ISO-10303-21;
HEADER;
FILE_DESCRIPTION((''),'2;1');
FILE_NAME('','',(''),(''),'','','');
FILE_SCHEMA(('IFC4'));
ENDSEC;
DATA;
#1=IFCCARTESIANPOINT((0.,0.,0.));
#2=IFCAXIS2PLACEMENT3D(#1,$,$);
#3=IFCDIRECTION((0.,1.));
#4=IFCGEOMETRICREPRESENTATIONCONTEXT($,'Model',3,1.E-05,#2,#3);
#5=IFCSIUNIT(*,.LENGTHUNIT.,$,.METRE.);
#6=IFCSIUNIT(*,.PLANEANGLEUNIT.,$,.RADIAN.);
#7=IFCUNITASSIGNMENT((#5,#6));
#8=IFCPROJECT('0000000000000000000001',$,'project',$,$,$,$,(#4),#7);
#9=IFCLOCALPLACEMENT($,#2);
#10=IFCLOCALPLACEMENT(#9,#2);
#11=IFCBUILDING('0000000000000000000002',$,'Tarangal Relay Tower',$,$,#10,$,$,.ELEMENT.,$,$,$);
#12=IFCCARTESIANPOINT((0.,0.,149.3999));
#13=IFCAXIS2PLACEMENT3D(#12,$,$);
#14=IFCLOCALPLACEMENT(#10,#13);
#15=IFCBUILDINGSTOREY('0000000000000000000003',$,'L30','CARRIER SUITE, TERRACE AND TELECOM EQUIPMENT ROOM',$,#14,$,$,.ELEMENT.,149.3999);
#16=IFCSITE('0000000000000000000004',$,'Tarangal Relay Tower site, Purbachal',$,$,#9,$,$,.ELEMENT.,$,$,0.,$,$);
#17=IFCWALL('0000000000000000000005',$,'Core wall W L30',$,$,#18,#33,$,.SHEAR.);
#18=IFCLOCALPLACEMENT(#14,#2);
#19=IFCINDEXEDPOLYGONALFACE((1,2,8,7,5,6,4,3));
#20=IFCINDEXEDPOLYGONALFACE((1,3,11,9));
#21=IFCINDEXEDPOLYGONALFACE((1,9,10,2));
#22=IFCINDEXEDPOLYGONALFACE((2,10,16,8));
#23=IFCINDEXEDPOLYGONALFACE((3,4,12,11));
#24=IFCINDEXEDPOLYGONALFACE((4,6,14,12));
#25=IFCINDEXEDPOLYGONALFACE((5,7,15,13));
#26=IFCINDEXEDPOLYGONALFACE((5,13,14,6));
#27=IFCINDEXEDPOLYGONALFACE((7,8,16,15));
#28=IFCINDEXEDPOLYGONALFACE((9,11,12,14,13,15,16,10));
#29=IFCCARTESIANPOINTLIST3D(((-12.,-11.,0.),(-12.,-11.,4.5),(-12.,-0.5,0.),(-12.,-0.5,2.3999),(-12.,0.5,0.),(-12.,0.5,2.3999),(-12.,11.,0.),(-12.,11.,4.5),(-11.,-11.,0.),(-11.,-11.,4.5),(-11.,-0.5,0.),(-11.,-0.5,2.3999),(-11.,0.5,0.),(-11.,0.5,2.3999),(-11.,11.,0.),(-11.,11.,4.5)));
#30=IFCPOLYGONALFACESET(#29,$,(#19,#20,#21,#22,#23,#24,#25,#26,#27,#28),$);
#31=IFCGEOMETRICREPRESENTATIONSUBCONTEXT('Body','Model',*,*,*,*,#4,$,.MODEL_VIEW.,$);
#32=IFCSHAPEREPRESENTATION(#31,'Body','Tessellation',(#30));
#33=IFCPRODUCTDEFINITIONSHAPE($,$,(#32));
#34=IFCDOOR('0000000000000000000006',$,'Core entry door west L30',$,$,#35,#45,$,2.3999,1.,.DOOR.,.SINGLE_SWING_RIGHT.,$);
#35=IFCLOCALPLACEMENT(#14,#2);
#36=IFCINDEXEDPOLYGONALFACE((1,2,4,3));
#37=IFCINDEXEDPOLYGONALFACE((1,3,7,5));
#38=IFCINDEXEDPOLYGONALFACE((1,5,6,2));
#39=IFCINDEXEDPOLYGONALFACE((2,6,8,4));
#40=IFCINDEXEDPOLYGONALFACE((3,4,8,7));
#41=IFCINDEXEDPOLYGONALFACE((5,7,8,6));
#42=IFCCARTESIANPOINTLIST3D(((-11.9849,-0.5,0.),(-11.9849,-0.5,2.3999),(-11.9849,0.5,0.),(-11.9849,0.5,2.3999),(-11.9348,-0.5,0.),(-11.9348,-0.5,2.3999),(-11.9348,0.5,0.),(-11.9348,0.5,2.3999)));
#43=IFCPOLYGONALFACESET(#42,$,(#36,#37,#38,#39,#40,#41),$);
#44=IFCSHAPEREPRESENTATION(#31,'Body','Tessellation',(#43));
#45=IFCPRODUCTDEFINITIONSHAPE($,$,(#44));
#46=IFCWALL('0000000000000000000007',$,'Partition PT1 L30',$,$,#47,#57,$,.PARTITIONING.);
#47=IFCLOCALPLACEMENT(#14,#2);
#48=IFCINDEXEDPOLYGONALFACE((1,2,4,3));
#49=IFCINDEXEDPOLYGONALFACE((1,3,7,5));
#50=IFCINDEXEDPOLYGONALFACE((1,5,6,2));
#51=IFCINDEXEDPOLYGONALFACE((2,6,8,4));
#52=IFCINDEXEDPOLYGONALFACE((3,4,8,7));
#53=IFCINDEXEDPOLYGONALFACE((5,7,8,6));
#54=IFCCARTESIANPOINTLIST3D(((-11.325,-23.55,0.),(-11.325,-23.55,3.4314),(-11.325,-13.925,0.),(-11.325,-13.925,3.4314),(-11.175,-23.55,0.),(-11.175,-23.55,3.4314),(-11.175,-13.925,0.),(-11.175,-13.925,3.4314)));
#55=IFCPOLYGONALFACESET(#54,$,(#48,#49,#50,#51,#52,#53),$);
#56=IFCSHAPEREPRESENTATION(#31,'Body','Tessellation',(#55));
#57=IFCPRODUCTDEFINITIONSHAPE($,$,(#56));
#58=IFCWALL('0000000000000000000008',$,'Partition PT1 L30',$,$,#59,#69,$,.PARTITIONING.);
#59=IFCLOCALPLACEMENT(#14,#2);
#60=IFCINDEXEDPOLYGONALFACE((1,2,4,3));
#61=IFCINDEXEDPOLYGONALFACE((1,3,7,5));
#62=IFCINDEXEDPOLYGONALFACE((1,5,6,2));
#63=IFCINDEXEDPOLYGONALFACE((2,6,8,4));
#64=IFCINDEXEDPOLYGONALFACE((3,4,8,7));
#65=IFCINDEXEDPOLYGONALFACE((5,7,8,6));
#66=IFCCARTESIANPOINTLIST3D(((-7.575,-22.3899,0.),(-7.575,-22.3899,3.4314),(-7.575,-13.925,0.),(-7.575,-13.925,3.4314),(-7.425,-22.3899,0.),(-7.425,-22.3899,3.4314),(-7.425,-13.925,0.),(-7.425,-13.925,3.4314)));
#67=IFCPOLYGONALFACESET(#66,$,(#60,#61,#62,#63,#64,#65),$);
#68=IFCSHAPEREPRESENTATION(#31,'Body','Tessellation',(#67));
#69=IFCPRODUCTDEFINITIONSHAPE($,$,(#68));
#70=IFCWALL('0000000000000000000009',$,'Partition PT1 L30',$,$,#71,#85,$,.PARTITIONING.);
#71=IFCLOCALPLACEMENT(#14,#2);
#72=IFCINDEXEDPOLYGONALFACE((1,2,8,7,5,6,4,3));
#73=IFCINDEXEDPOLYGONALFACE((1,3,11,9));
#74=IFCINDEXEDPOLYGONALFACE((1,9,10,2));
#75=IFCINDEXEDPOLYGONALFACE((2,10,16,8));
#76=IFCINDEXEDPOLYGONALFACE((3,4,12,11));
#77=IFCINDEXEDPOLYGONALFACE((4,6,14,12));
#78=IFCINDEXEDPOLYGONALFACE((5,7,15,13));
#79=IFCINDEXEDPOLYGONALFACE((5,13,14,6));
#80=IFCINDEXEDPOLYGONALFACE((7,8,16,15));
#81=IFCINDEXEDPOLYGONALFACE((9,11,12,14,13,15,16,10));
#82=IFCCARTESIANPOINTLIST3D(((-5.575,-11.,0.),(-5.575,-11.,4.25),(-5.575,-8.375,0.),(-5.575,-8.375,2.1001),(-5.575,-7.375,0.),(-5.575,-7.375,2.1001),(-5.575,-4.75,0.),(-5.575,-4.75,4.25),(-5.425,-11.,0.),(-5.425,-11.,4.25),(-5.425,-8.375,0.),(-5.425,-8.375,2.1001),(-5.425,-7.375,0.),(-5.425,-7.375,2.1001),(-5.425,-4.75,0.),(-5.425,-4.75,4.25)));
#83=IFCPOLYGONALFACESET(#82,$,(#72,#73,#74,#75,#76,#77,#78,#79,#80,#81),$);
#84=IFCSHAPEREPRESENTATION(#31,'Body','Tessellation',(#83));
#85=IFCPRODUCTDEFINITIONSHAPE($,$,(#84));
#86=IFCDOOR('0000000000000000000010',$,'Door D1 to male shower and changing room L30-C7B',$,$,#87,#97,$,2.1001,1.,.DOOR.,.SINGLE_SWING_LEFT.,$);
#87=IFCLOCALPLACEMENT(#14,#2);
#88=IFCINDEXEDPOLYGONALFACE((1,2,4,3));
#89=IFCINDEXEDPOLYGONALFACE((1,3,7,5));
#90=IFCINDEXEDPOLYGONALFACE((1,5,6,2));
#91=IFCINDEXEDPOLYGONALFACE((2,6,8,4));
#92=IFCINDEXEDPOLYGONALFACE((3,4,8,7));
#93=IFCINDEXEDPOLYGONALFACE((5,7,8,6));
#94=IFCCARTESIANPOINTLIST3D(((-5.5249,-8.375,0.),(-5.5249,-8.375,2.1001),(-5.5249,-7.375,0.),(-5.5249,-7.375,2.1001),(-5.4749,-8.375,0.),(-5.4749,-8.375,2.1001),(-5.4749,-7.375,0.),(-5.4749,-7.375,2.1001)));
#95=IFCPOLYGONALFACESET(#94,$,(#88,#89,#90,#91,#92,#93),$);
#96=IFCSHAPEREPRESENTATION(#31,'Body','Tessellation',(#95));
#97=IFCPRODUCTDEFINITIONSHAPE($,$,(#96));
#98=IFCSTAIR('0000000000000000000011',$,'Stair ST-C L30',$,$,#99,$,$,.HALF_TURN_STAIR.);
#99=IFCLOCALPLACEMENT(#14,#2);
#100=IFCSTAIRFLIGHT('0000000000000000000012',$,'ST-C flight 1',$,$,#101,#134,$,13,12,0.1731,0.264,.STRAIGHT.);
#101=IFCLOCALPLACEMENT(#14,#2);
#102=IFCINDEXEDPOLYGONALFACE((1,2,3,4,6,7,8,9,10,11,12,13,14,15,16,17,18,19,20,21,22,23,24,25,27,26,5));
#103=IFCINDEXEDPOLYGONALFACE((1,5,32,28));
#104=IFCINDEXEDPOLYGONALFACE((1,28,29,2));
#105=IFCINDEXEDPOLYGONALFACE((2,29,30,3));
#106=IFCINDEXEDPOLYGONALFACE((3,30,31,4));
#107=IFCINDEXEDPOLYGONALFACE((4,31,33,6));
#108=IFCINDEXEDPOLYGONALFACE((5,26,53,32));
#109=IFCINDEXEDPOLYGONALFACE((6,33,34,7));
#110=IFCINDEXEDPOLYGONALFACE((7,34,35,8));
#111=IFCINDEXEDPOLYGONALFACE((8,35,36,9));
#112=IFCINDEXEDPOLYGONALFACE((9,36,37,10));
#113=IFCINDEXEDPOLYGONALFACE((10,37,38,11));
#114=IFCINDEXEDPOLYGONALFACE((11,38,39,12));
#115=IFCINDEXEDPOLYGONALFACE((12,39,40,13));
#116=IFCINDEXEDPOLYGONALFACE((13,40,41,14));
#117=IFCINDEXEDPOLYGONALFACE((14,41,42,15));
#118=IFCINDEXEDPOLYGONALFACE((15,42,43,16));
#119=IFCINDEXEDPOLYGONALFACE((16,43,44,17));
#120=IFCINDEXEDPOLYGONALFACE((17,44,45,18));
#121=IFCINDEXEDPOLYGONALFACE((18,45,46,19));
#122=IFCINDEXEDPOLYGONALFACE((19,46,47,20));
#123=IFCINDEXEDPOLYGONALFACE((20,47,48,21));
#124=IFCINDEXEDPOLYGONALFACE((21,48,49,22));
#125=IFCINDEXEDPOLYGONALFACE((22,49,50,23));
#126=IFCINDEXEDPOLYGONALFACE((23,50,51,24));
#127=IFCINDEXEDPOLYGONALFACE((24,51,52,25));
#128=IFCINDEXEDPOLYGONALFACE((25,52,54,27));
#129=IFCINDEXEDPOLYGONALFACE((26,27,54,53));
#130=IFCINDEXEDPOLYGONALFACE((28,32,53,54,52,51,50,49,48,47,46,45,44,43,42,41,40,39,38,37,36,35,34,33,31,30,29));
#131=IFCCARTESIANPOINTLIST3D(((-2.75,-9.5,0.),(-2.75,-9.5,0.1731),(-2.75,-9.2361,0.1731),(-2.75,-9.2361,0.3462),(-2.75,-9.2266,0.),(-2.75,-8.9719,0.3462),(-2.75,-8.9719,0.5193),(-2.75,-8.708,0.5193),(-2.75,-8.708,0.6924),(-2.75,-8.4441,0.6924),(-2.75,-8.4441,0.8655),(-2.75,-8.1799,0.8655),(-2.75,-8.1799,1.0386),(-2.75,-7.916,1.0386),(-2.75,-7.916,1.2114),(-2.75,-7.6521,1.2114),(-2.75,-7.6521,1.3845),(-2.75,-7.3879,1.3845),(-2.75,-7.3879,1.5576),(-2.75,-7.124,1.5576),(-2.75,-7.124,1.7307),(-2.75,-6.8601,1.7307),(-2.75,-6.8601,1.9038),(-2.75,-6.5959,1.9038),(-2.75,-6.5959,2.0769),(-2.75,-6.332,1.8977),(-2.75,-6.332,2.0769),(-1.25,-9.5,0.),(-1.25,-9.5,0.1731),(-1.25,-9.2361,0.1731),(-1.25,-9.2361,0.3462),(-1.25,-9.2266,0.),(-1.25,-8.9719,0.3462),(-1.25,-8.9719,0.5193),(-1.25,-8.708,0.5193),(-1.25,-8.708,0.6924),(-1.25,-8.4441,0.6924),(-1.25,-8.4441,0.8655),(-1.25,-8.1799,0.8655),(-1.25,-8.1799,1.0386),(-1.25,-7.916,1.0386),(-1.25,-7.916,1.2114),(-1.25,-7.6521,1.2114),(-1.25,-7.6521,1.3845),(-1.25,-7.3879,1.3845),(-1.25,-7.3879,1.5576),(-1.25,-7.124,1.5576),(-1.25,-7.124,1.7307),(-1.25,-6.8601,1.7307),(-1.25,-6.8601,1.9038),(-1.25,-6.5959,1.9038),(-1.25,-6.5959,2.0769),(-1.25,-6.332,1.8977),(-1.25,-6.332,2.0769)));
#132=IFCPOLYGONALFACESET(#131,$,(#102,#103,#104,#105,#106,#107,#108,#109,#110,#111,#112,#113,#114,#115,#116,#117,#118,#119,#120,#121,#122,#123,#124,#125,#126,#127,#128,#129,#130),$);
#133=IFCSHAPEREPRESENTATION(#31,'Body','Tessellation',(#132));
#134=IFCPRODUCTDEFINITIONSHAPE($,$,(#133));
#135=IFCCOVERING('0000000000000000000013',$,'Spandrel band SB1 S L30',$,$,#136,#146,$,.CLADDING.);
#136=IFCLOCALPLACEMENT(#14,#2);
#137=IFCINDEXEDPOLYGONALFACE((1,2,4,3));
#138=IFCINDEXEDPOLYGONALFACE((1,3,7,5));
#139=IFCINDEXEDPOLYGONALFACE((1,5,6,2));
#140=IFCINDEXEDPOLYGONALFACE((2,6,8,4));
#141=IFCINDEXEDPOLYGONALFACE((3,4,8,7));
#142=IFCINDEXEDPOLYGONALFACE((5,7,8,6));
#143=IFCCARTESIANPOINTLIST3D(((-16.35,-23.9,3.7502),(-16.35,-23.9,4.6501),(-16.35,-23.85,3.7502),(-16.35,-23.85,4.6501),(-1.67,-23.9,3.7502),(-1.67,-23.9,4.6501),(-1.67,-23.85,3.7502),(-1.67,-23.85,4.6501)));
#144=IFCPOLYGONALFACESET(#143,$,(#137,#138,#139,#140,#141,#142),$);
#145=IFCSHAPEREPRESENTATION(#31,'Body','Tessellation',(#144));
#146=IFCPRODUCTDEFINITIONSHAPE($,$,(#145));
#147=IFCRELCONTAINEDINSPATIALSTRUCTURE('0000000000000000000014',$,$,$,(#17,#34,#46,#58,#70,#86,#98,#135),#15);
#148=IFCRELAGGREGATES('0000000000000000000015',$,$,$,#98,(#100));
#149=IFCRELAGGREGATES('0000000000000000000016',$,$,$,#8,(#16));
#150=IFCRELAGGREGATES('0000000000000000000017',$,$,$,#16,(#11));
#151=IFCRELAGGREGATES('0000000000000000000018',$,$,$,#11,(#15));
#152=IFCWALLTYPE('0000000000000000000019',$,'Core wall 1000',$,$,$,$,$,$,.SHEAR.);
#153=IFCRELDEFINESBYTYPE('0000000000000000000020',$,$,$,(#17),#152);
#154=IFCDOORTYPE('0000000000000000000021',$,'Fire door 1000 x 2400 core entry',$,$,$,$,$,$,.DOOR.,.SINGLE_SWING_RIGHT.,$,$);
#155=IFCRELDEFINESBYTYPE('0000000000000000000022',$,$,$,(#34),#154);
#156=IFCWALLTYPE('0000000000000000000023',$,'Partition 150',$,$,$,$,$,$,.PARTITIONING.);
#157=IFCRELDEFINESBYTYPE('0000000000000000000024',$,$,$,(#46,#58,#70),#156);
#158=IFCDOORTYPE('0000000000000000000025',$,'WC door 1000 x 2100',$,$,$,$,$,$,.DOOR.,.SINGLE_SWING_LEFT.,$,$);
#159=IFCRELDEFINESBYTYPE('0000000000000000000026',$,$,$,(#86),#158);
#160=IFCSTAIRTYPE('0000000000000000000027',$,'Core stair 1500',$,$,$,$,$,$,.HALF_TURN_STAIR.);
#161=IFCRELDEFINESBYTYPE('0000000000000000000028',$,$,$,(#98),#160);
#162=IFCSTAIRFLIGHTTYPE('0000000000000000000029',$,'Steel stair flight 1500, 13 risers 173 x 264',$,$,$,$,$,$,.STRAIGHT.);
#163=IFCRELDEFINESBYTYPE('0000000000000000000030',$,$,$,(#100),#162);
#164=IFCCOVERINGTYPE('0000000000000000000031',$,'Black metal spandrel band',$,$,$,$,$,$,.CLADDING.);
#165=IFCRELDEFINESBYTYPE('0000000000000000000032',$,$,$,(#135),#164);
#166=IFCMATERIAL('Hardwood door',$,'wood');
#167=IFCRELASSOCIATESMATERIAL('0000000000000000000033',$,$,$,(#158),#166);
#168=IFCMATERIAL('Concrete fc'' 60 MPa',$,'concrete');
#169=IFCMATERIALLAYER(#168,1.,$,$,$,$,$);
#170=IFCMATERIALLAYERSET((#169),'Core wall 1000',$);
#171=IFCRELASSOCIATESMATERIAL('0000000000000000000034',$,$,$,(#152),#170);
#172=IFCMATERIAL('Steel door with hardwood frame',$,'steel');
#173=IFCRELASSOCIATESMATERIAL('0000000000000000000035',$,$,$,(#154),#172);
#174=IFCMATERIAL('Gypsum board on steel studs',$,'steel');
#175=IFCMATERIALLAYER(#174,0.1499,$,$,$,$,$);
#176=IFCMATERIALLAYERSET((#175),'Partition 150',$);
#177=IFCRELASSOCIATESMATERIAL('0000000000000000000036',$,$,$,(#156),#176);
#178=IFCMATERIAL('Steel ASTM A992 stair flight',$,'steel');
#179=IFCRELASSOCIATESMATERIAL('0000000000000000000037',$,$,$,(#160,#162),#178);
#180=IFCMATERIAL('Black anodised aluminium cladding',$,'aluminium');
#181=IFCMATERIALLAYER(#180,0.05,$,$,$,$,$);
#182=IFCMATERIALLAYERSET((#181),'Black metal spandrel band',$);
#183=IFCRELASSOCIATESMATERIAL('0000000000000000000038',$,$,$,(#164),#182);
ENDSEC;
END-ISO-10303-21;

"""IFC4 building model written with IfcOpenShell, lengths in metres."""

from ifc_helpers import new_model, si_unit, direction, frame, frame_2d, origin, origin_2d, place, context, subcontext, project, spatial, polyline, rectangle, outline, extrude, material, layer, layer_set, type_object, element, fill, aggregate, save


model = new_model("IFC4")

# Units and contexts
model_context = context("Model", 3, precision=1e-05, world=origin(), true_north=direction((0.0, 1.0)))
body_context = subcontext(model_context, "Body", "Model", "MODEL_VIEW")
ifc_project = project(units=[si_unit("LENGTHUNIT", "METRE"), si_unit("PLANEANGLEUNIT", "RADIAN")], contexts=[model_context])

# Site, building, storey
site_placement = place(None, origin())
site = spatial("IfcSite", under=ifc_project, at=site_placement, Name="Tarangal Relay Tower site, Purbachal", CompositionType="ELEMENT", RefElevation=0.0)
building_placement = place(site_placement, origin())
building = spatial("IfcBuilding", under=site, at=building_placement, Name="Tarangal Relay Tower", CompositionType="ELEMENT")
storey_placement = place(building_placement, frame((0.0, 0.0, 149.3999)))
storey = spatial("IfcBuildingStorey", under=building, at=storey_placement, Name="L30", Description="CARRIER SUITE, TERRACE AND TELECOM EQUIPMENT ROOM", CompositionType="ELEMENT", Elevation=149.3999)

# Shared definitions
ifc_material_1 = material(Name="Concrete fc' 60 MPa", Category="concrete")

# Shared definitions
ifc_material_2 = material(Name="Hardwood door", Category="wood")
door_type_1 = type_object("IfcDoorType", Name="WC door 1000 x 2100", OperationType="SINGLE_SWING_LEFT", PredefinedType="DOOR", material=ifc_material_2)

# Wall, opening, door
ifc_layer_1 = layer(ifc_material_1, 1.0)
ifc_layer_set_1 = layer_set([ifc_layer_1], Name="Core wall 1000")
wall_type_1 = type_object("IfcWallType", Name="Core wall 1000", PredefinedType="SHEAR", material=ifc_layer_set_1)
wall_1_placement = place(storey_placement, frame((-11.5, -11.0, 0.0), z_axis=(0.0, 0.0, 1.0), x_axis=(0.0, 1.0, 0.0)))
wall_1 = element("IfcWall", 1, at=wall_1_placement, inside=storey, type_object=wall_type_1, Name="Core wall W L30", PredefinedType="SHEAR", context=body_context, shape_type="SweptSolid", body=[
    extrude(rectangle(XDim=22.0, YDim=1.0, at=frame_2d((11.0, 0.0))), origin(), (0.0, 0.0, 1.0), 4.5),
])
opening_1_placement = place(wall_1_placement, frame((10.5, 0.0, 0.0)))
opening_1 = element("IfcOpeningElement", 2, at=opening_1_placement, cuts=wall_1, PredefinedType="OPENING", context=body_context, shape_type="SweptSolid", body=[
    extrude(rectangle(XDim=1.0, YDim=2.3999, at=frame_2d((0.5, 1.2))), frame((0.0, 0.51, 0.0), z_axis=(0.0, -1.0, 0.0), x_axis=(1.0, 0.0, 0.0)), (0.0, 0.0, 1.0), 1.02),
])
ifc_material_3 = material(Name="Steel door with hardwood frame", Category="steel")
door_type_2 = type_object("IfcDoorType", Name="Fire door 1000 x 2400 core entry", OperationType="SINGLE_SWING_RIGHT", PredefinedType="DOOR", material=ifc_material_3)
door_1_placement = place(opening_1_placement, origin())
door_1 = element("IfcDoor", 3, at=door_1_placement, inside=storey, type_object=door_type_2, Name="Core entry door west L30", OperationType="SINGLE_SWING_RIGHT", OverallHeight=2.3999, OverallWidth=1.0, PredefinedType="DOOR", context=body_context, shape_type="SweptSolid", body=[
    extrude(rectangle(XDim=1.0, YDim=2.3999, at=frame_2d((0.5, 1.2))), frame((0.0, 0.4849, 0.0), z_axis=(0.0, -1.0, 0.0), x_axis=(1.0, 0.0, 0.0)), (0.0, 0.0, 1.0), 0.05),
])
fill(opening_1, door_1)

# Walls
ifc_material_4 = material(Name="Gypsum board on steel studs", Category="steel")
ifc_layer_2 = layer(ifc_material_4, 0.1499)
ifc_layer_set_2 = layer_set([ifc_layer_2], Name="Partition 150")
wall_type_2 = type_object("IfcWallType", Name="Partition 150", PredefinedType="PARTITIONING", material=ifc_layer_set_2)
wall_2_placement = place(storey_placement, frame((-11.25, -23.55, 0.0), z_axis=(0.0, 0.0, 1.0), x_axis=(0.0, 1.0, 0.0)))
element("IfcWall", 4, at=wall_2_placement, inside=storey, type_object=wall_type_2, Name="Partition PT1 L30", PredefinedType="PARTITIONING", context=body_context, shape_type="SweptSolid", body=[
    extrude(rectangle(XDim=9.625, YDim=0.1499, at=frame_2d((4.8125, 0.0))), origin(), (0.0, 0.0, 1.0), 3.4314),
])
wall_3_placement = place(storey_placement, frame((-7.5, -22.3899, 0.0), z_axis=(0.0, 0.0, 1.0), x_axis=(0.0, 1.0, 0.0)))
element("IfcWall", 5, at=wall_3_placement, inside=storey, type_object=wall_type_2, Name="Partition PT1 L30", PredefinedType="PARTITIONING", context=body_context, shape_type="SweptSolid", body=[
    extrude(rectangle(XDim=8.4648, YDim=0.1499, at=frame_2d((4.2324, 0.0))), origin(), (0.0, 0.0, 1.0), 3.4314),
])

# Wall, opening, door
wall_4_placement = place(storey_placement, frame((-5.5, -11.0, 0.0), z_axis=(0.0, 0.0, 1.0), x_axis=(0.0, 1.0, 0.0)))
wall_4 = element("IfcWall", 6, at=wall_4_placement, inside=storey, type_object=wall_type_2, Name="Partition PT1 L30", PredefinedType="PARTITIONING", context=body_context, shape_type="SweptSolid", body=[
    extrude(rectangle(XDim=6.25, YDim=0.1499, at=frame_2d((3.125, 0.0))), origin(), (0.0, 0.0, 1.0), 4.25),
])
opening_2_placement = place(wall_4_placement, frame((2.625, 0.0, 0.0)))
opening_2 = element("IfcOpeningElement", 7, at=opening_2_placement, cuts=wall_4, PredefinedType="OPENING", context=body_context, shape_type="SweptSolid", body=[
    extrude(rectangle(XDim=1.0, YDim=2.1001, at=frame_2d((0.5, 1.05))), frame((0.0, 0.085, 0.0), z_axis=(0.0, -1.0, 0.0), x_axis=(1.0, 0.0, 0.0)), (0.0, 0.0, 1.0), 0.1699),
])
door_2_placement = place(opening_2_placement, origin())
door_2 = element("IfcDoor", 8, at=door_2_placement, inside=storey, type_object=door_type_1, Name="Door D1 to male shower and changing room L30-C7B", OperationType="SINGLE_SWING_LEFT", OverallHeight=2.1001, OverallWidth=1.0, PredefinedType="DOOR", context=body_context, shape_type="SweptSolid", body=[
    extrude(rectangle(XDim=1.0, YDim=2.1001, at=frame_2d((0.5, 1.05))), frame((0.0, 0.0249, 0.0), z_axis=(0.0, -1.0, 0.0), x_axis=(1.0, 0.0, 0.0)), (0.0, 0.0, 1.0), 0.05),
])
fill(opening_2, door_2)

# Stair, stair flight
ifc_material_5 = material(Name="Steel ASTM A992 stair flight", Category="steel")
stair_type = type_object("IfcStairType", Name="Core stair 1500", PredefinedType="HALF_TURN_STAIR", material=ifc_material_5)
stair_placement = place(storey_placement, origin())
stair = element("IfcStair", 9, at=stair_placement, inside=storey, type_object=stair_type, Name="Stair ST-C L30", PredefinedType="HALF_TURN_STAIR")
stair_flight_type = type_object("IfcStairFlightType", Name="Steel stair flight 1500, 13 risers 173 x 264", PredefinedType="STRAIGHT", material=ifc_material_5)
stair_flight_placement = place(storey_placement, frame((-2.0, -9.5, 0.0), z_axis=(0.0, 0.0, 1.0), x_axis=(0.0, 1.0, 0.0)))
stair_flight = element("IfcStairFlight", 10, at=stair_flight_placement, type_object=stair_flight_type, Name="ST-C flight 1", NumberOfRisers=13, NumberOfTreads=12, PredefinedType="STRAIGHT", RiserHeight=0.1731, TreadLength=0.264, context=body_context, shape_type="SweptSolid", body=[
    extrude(outline(polyline([(0.0, 0.0), (0.0, 0.1731), (0.2639, 0.1731), (0.2639, 0.3462), (0.5281, 0.3462), (0.5281, 0.5193), (0.792, 0.5193), (0.792, 0.6924), (1.0559, 0.6924), (1.0559, 0.8655), (1.3201, 0.8655), (1.3201, 1.0386), (1.584, 1.0386), (1.584, 1.2114), (1.8479, 1.2114), (1.8479, 1.3845), (2.1121, 1.3845), (2.1121, 1.5576), (2.376, 1.5576), (2.376, 1.7307), (2.6399, 1.7307), (2.6399, 1.9038), (2.9041, 1.9038), (2.9041, 2.0769), (3.168, 2.0769), (3.168, 2.25), (3.168, 1.8977), (0.2734, 0.0), (0.0, 0.0)])), frame((0.0, 0.75, 0.0), z_axis=(0.0, -1.0, 0.0), x_axis=(1.0, 0.0, 0.0)), (0.0, 0.0, 1.0), 1.5),
])
aggregate(stair, [stair_flight])

# Covering
ifc_material_6 = material(Name="Black anodised aluminium cladding", Category="aluminium")
ifc_layer_3 = layer(ifc_material_6, 0.05)
ifc_layer_set_3 = layer_set([ifc_layer_3], Name="Black metal spandrel band")
covering_type = type_object("IfcCoveringType", Name="Black metal spandrel band", PredefinedType="CLADDING", material=ifc_layer_set_3)
covering_placement = place(storey_placement, frame((-9.01, -23.875, 3.7502), z_axis=(0.0, 0.0, 1.0), x_axis=(-1.0, 0.0, 0.0)))
element("IfcCovering", 11, at=covering_placement, inside=storey, type_object=covering_type, Name="Spandrel band SB1 S L30", PredefinedType="CLADDING", context=body_context, shape_type="SweptSolid", body=[
    extrude(rectangle(XDim=14.6799, YDim=0.05, at=origin_2d()), origin(), (0.0, 0.0, 1.0), 0.8999),
])

save(model, "model.ifc")
